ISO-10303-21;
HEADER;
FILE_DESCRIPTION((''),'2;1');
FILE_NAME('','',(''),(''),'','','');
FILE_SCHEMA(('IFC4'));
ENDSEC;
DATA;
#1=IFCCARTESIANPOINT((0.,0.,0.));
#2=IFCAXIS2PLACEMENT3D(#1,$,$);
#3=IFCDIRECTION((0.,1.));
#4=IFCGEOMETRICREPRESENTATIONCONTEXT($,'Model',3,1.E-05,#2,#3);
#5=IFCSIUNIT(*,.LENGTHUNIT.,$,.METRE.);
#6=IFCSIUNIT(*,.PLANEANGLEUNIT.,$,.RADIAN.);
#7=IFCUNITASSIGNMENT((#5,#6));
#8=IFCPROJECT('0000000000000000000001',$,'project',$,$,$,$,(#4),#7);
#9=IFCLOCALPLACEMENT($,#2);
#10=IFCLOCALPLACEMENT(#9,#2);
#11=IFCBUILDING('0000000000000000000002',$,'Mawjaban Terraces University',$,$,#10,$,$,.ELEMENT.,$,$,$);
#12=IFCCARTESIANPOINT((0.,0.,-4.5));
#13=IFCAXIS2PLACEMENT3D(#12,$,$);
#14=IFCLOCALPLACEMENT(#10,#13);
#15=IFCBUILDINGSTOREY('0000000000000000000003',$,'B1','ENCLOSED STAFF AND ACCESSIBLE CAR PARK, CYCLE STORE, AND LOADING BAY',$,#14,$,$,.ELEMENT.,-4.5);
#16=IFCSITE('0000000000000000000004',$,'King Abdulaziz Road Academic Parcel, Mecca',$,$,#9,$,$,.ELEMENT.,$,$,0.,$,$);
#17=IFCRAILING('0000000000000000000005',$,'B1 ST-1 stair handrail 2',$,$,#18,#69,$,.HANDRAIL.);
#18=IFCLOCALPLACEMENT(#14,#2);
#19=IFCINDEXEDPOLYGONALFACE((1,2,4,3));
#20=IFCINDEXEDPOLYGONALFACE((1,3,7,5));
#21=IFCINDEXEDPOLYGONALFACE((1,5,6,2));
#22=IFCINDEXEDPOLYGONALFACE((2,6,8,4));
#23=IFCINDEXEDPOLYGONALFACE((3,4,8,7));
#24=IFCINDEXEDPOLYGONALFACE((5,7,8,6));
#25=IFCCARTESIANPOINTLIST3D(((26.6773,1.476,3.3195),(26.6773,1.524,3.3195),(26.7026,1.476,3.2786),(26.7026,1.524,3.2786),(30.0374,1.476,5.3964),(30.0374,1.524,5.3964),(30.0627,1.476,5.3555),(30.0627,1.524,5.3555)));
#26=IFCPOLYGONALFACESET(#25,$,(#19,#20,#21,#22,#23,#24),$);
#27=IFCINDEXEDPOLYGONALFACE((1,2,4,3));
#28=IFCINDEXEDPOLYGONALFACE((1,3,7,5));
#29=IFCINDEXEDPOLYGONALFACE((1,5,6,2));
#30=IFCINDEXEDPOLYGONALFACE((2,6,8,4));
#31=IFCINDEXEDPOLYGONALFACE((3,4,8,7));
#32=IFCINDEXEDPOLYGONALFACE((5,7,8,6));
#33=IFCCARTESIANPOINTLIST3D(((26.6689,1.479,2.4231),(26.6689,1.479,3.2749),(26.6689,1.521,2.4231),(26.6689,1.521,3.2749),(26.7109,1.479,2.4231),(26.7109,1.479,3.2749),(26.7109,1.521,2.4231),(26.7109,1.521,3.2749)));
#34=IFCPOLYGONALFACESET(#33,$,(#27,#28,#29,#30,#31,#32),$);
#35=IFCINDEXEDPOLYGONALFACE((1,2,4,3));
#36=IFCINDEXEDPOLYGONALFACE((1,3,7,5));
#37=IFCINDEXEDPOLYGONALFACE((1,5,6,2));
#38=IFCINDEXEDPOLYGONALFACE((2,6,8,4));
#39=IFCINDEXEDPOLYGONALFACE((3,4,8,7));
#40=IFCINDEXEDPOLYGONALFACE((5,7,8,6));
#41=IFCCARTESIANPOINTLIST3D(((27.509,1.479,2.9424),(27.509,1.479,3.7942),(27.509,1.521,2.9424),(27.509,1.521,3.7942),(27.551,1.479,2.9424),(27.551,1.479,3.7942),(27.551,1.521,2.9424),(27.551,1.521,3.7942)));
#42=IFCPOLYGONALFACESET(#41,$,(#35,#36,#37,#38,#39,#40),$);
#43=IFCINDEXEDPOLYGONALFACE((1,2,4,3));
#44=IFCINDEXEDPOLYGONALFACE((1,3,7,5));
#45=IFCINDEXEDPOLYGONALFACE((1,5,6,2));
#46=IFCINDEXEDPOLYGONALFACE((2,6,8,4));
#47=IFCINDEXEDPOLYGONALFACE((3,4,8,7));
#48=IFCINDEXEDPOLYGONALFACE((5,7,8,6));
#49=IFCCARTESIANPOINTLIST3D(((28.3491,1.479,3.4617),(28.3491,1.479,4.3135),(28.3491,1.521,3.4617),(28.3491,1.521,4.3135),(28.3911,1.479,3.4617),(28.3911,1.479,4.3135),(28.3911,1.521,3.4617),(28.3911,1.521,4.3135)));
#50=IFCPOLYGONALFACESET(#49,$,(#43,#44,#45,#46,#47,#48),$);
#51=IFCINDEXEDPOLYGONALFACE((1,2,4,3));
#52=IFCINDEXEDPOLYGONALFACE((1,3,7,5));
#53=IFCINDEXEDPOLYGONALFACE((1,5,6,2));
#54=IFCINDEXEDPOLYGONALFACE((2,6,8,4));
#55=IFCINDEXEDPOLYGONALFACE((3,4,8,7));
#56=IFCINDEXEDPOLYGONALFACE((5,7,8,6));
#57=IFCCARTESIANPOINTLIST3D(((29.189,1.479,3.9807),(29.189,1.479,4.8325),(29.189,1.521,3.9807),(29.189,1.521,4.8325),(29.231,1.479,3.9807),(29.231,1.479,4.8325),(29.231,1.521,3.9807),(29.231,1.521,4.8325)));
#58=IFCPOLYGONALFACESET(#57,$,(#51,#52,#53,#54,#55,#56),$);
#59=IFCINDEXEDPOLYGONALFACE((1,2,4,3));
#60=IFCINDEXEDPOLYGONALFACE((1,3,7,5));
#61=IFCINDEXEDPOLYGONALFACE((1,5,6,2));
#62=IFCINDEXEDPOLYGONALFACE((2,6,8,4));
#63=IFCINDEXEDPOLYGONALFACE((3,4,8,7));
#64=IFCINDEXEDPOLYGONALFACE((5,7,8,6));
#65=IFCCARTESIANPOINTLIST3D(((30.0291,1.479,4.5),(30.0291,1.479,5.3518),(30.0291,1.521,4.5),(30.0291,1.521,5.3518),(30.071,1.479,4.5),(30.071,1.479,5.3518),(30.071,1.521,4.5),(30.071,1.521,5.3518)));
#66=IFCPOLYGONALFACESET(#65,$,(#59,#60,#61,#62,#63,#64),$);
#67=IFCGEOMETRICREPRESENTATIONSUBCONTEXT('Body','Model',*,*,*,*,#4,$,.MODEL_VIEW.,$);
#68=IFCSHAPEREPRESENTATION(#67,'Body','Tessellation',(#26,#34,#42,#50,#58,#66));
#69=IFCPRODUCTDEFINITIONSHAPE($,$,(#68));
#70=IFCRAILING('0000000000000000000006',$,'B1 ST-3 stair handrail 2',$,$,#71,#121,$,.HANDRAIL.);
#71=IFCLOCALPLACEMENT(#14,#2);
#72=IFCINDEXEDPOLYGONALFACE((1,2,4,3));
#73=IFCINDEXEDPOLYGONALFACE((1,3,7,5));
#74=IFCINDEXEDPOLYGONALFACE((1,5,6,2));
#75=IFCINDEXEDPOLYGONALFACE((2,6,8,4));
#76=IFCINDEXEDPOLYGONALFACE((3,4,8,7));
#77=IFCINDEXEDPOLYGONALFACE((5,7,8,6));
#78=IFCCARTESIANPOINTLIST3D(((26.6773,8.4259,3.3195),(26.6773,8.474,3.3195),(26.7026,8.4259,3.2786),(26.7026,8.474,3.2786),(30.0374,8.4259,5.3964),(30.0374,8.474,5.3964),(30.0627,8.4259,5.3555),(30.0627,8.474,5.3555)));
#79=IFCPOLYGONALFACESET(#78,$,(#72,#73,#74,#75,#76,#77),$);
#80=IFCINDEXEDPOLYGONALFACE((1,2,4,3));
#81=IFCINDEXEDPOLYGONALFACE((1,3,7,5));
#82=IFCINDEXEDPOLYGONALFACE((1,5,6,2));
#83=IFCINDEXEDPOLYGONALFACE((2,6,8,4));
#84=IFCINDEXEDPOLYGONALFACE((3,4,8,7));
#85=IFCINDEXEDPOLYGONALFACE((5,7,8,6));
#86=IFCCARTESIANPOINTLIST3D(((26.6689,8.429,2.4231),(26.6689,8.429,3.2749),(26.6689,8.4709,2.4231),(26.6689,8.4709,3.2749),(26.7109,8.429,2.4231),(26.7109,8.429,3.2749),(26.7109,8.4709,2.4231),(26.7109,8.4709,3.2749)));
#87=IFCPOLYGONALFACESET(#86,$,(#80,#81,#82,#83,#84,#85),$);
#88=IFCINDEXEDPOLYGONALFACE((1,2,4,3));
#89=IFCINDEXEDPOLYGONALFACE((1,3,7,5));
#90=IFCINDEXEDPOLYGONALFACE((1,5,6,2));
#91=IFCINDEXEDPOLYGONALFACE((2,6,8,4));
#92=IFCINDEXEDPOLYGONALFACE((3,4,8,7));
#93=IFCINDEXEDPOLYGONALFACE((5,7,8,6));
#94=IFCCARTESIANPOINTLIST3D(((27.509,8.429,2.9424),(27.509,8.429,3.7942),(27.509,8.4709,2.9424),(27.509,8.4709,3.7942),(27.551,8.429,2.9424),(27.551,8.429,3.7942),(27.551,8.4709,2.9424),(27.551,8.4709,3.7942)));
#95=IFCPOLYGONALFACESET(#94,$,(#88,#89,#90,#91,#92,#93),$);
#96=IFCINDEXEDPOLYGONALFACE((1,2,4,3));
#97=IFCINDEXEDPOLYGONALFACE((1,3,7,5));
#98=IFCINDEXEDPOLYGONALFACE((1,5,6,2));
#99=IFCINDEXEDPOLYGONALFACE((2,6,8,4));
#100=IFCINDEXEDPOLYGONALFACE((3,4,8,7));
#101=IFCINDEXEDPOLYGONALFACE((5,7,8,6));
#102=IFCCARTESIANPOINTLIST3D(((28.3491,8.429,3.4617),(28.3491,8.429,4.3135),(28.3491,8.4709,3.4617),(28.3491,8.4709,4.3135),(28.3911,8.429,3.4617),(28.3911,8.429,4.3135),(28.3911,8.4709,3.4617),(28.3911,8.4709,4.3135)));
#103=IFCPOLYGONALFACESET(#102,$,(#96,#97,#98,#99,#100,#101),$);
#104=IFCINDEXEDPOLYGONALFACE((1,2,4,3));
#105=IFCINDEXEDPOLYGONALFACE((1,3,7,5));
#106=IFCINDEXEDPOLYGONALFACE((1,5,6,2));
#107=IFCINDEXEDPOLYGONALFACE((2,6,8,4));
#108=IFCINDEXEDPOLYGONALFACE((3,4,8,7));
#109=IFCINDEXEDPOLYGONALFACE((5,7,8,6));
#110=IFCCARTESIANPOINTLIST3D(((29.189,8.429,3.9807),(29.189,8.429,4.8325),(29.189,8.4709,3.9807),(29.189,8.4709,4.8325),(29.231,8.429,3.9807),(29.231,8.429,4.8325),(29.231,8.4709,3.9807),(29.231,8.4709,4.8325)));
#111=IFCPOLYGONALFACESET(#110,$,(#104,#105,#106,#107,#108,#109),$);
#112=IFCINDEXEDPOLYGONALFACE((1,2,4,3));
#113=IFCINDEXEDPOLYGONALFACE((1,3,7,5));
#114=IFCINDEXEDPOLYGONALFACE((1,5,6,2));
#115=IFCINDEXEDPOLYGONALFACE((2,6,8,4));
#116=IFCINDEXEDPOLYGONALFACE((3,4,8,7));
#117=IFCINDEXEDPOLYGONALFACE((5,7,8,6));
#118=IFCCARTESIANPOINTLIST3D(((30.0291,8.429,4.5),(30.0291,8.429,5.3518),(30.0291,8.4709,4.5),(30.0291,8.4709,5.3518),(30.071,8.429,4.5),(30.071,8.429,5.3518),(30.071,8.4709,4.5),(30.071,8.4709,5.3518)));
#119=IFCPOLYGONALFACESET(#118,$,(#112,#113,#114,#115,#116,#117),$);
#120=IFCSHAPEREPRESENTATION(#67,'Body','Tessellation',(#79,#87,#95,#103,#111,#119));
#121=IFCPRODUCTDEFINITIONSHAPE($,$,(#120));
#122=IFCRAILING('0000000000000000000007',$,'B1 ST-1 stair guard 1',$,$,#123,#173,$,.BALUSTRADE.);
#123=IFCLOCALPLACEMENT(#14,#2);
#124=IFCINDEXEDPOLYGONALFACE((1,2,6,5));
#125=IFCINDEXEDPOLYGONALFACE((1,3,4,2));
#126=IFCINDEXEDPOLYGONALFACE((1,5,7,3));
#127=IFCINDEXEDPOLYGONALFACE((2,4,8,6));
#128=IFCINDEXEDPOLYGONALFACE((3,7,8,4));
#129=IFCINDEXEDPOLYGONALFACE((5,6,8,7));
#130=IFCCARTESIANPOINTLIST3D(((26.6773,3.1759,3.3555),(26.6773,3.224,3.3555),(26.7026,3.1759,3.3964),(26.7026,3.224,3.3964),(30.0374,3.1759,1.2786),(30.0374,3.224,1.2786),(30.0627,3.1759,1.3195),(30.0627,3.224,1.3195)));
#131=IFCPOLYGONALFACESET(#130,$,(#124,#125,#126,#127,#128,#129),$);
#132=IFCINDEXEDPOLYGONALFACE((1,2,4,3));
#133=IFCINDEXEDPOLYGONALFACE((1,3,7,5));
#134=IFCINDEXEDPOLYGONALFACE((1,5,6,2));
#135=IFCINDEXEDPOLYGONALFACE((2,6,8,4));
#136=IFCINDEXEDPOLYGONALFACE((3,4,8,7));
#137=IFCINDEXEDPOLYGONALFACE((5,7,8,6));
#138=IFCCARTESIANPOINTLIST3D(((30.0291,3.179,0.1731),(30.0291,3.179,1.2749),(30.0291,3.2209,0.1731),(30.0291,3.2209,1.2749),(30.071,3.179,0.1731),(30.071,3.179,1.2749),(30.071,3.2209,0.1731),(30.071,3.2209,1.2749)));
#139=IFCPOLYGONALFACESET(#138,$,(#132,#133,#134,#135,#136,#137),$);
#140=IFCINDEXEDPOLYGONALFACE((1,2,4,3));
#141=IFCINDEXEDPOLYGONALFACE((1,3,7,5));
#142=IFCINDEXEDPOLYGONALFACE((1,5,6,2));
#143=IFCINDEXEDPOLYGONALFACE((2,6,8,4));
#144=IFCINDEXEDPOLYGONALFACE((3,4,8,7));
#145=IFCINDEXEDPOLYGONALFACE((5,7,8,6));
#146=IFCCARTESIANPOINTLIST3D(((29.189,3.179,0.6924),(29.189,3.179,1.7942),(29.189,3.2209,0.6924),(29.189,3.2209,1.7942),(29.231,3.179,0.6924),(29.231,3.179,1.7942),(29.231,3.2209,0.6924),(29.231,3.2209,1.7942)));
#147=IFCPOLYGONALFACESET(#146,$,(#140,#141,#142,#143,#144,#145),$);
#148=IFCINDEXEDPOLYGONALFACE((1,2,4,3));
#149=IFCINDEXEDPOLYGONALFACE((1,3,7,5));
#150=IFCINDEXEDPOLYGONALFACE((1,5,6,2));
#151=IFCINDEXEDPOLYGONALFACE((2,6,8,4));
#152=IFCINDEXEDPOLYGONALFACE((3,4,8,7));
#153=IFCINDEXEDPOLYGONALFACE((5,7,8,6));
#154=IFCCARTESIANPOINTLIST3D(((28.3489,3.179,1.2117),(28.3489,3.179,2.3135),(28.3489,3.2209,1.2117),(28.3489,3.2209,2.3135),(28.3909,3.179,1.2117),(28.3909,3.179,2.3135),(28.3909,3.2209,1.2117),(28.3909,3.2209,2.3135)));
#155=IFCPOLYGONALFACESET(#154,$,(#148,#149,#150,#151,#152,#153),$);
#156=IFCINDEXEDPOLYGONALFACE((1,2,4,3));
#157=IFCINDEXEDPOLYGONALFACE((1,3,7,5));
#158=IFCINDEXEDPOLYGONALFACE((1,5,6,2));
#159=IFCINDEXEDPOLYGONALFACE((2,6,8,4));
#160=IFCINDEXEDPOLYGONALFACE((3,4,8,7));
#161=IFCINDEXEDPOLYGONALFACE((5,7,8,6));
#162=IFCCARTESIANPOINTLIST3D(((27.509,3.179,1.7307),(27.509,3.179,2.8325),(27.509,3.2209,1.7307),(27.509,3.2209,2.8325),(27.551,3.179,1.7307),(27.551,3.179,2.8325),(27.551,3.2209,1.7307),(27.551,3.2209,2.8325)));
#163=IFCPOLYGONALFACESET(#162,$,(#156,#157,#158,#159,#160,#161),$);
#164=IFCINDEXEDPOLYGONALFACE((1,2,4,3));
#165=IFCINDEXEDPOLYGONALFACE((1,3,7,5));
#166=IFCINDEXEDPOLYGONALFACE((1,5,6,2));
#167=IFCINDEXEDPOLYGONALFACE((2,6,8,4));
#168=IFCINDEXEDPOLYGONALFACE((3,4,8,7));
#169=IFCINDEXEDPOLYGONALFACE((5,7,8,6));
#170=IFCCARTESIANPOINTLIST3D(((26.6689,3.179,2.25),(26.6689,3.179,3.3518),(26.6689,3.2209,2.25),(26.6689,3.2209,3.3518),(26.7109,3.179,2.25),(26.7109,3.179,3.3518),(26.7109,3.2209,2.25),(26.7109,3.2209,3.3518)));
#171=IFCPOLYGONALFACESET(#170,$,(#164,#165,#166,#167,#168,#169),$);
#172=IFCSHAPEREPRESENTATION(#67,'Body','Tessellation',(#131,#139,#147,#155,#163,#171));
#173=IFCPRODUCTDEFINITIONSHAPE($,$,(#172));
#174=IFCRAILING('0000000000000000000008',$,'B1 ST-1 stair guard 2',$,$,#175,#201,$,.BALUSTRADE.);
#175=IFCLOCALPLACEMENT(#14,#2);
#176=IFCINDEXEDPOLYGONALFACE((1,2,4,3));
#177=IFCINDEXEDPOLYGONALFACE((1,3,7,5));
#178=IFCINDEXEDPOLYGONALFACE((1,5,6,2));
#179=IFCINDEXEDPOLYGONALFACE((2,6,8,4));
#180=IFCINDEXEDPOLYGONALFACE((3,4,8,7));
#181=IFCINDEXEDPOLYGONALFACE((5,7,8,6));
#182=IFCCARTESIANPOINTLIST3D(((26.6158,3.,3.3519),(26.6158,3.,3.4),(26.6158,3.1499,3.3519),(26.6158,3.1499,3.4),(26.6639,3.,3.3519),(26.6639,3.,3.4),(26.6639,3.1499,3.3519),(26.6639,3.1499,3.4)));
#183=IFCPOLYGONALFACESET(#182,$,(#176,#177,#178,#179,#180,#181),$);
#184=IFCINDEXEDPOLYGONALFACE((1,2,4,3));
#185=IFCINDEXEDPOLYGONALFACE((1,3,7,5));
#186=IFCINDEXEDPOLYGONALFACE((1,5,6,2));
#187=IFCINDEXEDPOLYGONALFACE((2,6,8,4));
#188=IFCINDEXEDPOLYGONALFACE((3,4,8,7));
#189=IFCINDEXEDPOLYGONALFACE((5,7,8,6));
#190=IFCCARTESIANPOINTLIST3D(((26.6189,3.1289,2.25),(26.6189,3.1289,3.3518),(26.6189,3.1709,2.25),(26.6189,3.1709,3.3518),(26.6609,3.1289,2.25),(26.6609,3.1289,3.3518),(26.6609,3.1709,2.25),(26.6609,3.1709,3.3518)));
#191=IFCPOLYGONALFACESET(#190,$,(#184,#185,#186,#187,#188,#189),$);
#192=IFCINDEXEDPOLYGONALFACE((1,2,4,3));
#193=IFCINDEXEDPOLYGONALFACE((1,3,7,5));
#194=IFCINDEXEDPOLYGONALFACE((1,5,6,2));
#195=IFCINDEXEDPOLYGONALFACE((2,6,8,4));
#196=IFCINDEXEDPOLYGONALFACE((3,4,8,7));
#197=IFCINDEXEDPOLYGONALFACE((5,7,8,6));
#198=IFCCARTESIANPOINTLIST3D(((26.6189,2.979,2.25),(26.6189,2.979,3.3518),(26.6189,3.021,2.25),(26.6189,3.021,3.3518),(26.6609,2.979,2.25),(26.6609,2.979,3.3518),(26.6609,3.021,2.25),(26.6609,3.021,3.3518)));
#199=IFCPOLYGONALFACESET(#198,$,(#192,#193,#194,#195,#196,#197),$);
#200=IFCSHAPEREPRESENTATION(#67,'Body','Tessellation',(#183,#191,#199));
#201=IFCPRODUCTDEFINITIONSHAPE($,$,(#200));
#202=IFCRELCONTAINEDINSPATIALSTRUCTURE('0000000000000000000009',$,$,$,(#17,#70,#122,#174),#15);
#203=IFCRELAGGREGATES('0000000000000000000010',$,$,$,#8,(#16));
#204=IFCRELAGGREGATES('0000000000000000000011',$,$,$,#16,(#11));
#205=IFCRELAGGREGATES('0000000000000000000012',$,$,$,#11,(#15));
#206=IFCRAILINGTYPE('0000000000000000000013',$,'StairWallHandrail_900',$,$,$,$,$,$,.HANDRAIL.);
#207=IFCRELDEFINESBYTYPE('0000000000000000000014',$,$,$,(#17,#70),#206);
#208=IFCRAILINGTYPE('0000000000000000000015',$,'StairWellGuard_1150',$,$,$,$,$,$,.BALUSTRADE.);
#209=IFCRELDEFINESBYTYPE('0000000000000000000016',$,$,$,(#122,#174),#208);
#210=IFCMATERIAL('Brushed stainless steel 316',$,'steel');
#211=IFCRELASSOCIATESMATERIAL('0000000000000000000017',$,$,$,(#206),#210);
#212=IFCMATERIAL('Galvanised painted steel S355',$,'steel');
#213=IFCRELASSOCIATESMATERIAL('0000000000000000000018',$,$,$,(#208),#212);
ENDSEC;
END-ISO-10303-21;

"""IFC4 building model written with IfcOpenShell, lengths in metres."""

from ifc_helpers import new_model, si_unit, direction, frame, origin, origin_2d, place, context, subcontext, project, spatial, rectangle, extrude, material, type_object, element, save


model = new_model("IFC4")

# Units and contexts
model_context = context("Model", 3, precision=1e-05, world=origin(), true_north=direction((0.0, 1.0)))
body_context = subcontext(model_context, "Body", "Model", "MODEL_VIEW")
ifc_project = project(units=[si_unit("LENGTHUNIT", "METRE"), si_unit("PLANEANGLEUNIT", "RADIAN")], contexts=[model_context])

# Site, building, storey
site_placement = place(None, origin())
site = spatial("IfcSite", under=ifc_project, at=site_placement, Name="King Abdulaziz Road Academic Parcel, Mecca", CompositionType="ELEMENT", RefElevation=0.0)
building_placement = place(site_placement, origin())
building = spatial("IfcBuilding", under=site, at=building_placement, Name="Mawjaban Terraces University", CompositionType="ELEMENT")
storey_placement = place(building_placement, frame((0.0, 0.0, -4.5)))
storey = spatial("IfcBuildingStorey", under=building, at=storey_placement, Name="B1", Description="ENCLOSED STAFF AND ACCESSIBLE CAR PARK, CYCLE STORE, AND LOADING BAY", CompositionType="ELEMENT", Elevation=-4.5)

# Railings
ifc_material_1 = material(Name="Brushed stainless steel 316", Category="steel")
railing_type_1 = type_object("IfcRailingType", Name="StairWallHandrail_900", PredefinedType="HANDRAIL", material=ifc_material_1)
for number, where, name in (
    (1, (26.6899, 1.5, 2.4231), "B1 ST-1 stair handrail 2"),
    (2, (26.6899, 8.45, 2.4231), "B1 ST-3 stair handrail 2"),
):
    element("IfcRailing", number, at=place(storey_placement, frame(where)), inside=storey, type_object=railing_type_1, Name=name, PredefinedType="HANDRAIL", context=body_context, shape_type="SweptSolid", body=[
        extrude(rectangle(XDim=0.0481, YDim=0.0481, at=origin_2d()), frame((0.0, 0.0, 0.876), z_axis=(0.850623, 0.0, 0.525776), x_axis=(0.0, 1.0, 0.0)), (0.0, 0.0, 1.0), 3.9502),
        extrude(rectangle(XDim=0.042, YDim=0.042, at=origin_2d()), origin(), (0.0, 0.0, 1.0), 0.8518),
        extrude(rectangle(XDim=0.042, YDim=0.042, at=origin_2d()), frame((0.8401, 0.0, 0.5193)), (0.0, 0.0, 1.0), 0.8518),
        extrude(rectangle(XDim=0.042, YDim=0.042, at=origin_2d()), frame((1.6802, 0.0, 1.0386)), (0.0, 0.0, 1.0), 0.8518),
        extrude(rectangle(XDim=0.042, YDim=0.042, at=origin_2d()), frame((2.52, 0.0, 1.5576)), (0.0, 0.0, 1.0), 0.8518),
        extrude(rectangle(XDim=0.042, YDim=0.042, at=origin_2d()), frame((3.3601, 0.0, 2.0769)), (0.0, 0.0, 1.0), 0.8518),
    ])
ifc_material_2 = material(Name="Galvanised painted steel S355", Category="steel")
railing_type_2 = type_object("IfcRailingType", Name="StairWellGuard_1150", PredefinedType="BALUSTRADE", material=ifc_material_2)
railing_1_placement = place(storey_placement, frame((30.05, 3.2, 0.1731)))
element("IfcRailing", 3, at=railing_1_placement, inside=storey, type_object=railing_type_2, Name="B1 ST-1 stair guard 1", PredefinedType="BALUSTRADE", context=body_context, shape_type="SweptSolid", body=[
    extrude(rectangle(XDim=0.0481, YDim=0.0481, at=origin_2d()), frame((0.0, 0.0, 1.126), z_axis=(-0.850623, 0.0, 0.525776), x_axis=(0.0, -1.0, 0.0)), (0.0, 0.0, 1.0), 3.9502),
    extrude(rectangle(XDim=0.042, YDim=0.042, at=origin_2d()), origin(), (0.0, 0.0, 1.0), 1.1018),
    extrude(rectangle(XDim=0.042, YDim=0.042, at=origin_2d()), frame((-0.8401, 0.0, 0.5193)), (0.0, 0.0, 1.0), 1.1018),
    extrude(rectangle(XDim=0.042, YDim=0.042, at=origin_2d()), frame((-1.6802, 0.0, 1.0386)), (0.0, 0.0, 1.0), 1.1018),
    extrude(rectangle(XDim=0.042, YDim=0.042, at=origin_2d()), frame((-2.52, 0.0, 1.5576)), (0.0, 0.0, 1.0), 1.1018),
    extrude(rectangle(XDim=0.042, YDim=0.042, at=origin_2d()), frame((-3.3601, 0.0, 2.0769)), (0.0, 0.0, 1.0), 1.1018),
])
railing_2_placement = place(storey_placement, frame((26.6399, 3.1499, 2.25)))
element("IfcRailing", 4, at=railing_2_placement, inside=storey, type_object=railing_type_2, Name="B1 ST-1 stair guard 2", PredefinedType="BALUSTRADE", context=body_context, shape_type="SweptSolid", body=[
    extrude(rectangle(XDim=0.0481, YDim=0.0481, at=origin_2d()), frame((0.0, 0.0, 1.126), z_axis=(0.0, -1.0, 0.0), x_axis=(1.0, 0.0, 0.0)), (0.0, 0.0, 1.0), 0.1499),
    extrude(rectangle(XDim=0.042, YDim=0.042, at=origin_2d()), origin(), (0.0, 0.0, 1.0), 1.1018),
    extrude(rectangle(XDim=0.042, YDim=0.042, at=origin_2d()), frame((0.0, -0.1499, 0.0)), (0.0, 0.0, 1.0), 1.1018),
])

save(model, "model.ifc")
